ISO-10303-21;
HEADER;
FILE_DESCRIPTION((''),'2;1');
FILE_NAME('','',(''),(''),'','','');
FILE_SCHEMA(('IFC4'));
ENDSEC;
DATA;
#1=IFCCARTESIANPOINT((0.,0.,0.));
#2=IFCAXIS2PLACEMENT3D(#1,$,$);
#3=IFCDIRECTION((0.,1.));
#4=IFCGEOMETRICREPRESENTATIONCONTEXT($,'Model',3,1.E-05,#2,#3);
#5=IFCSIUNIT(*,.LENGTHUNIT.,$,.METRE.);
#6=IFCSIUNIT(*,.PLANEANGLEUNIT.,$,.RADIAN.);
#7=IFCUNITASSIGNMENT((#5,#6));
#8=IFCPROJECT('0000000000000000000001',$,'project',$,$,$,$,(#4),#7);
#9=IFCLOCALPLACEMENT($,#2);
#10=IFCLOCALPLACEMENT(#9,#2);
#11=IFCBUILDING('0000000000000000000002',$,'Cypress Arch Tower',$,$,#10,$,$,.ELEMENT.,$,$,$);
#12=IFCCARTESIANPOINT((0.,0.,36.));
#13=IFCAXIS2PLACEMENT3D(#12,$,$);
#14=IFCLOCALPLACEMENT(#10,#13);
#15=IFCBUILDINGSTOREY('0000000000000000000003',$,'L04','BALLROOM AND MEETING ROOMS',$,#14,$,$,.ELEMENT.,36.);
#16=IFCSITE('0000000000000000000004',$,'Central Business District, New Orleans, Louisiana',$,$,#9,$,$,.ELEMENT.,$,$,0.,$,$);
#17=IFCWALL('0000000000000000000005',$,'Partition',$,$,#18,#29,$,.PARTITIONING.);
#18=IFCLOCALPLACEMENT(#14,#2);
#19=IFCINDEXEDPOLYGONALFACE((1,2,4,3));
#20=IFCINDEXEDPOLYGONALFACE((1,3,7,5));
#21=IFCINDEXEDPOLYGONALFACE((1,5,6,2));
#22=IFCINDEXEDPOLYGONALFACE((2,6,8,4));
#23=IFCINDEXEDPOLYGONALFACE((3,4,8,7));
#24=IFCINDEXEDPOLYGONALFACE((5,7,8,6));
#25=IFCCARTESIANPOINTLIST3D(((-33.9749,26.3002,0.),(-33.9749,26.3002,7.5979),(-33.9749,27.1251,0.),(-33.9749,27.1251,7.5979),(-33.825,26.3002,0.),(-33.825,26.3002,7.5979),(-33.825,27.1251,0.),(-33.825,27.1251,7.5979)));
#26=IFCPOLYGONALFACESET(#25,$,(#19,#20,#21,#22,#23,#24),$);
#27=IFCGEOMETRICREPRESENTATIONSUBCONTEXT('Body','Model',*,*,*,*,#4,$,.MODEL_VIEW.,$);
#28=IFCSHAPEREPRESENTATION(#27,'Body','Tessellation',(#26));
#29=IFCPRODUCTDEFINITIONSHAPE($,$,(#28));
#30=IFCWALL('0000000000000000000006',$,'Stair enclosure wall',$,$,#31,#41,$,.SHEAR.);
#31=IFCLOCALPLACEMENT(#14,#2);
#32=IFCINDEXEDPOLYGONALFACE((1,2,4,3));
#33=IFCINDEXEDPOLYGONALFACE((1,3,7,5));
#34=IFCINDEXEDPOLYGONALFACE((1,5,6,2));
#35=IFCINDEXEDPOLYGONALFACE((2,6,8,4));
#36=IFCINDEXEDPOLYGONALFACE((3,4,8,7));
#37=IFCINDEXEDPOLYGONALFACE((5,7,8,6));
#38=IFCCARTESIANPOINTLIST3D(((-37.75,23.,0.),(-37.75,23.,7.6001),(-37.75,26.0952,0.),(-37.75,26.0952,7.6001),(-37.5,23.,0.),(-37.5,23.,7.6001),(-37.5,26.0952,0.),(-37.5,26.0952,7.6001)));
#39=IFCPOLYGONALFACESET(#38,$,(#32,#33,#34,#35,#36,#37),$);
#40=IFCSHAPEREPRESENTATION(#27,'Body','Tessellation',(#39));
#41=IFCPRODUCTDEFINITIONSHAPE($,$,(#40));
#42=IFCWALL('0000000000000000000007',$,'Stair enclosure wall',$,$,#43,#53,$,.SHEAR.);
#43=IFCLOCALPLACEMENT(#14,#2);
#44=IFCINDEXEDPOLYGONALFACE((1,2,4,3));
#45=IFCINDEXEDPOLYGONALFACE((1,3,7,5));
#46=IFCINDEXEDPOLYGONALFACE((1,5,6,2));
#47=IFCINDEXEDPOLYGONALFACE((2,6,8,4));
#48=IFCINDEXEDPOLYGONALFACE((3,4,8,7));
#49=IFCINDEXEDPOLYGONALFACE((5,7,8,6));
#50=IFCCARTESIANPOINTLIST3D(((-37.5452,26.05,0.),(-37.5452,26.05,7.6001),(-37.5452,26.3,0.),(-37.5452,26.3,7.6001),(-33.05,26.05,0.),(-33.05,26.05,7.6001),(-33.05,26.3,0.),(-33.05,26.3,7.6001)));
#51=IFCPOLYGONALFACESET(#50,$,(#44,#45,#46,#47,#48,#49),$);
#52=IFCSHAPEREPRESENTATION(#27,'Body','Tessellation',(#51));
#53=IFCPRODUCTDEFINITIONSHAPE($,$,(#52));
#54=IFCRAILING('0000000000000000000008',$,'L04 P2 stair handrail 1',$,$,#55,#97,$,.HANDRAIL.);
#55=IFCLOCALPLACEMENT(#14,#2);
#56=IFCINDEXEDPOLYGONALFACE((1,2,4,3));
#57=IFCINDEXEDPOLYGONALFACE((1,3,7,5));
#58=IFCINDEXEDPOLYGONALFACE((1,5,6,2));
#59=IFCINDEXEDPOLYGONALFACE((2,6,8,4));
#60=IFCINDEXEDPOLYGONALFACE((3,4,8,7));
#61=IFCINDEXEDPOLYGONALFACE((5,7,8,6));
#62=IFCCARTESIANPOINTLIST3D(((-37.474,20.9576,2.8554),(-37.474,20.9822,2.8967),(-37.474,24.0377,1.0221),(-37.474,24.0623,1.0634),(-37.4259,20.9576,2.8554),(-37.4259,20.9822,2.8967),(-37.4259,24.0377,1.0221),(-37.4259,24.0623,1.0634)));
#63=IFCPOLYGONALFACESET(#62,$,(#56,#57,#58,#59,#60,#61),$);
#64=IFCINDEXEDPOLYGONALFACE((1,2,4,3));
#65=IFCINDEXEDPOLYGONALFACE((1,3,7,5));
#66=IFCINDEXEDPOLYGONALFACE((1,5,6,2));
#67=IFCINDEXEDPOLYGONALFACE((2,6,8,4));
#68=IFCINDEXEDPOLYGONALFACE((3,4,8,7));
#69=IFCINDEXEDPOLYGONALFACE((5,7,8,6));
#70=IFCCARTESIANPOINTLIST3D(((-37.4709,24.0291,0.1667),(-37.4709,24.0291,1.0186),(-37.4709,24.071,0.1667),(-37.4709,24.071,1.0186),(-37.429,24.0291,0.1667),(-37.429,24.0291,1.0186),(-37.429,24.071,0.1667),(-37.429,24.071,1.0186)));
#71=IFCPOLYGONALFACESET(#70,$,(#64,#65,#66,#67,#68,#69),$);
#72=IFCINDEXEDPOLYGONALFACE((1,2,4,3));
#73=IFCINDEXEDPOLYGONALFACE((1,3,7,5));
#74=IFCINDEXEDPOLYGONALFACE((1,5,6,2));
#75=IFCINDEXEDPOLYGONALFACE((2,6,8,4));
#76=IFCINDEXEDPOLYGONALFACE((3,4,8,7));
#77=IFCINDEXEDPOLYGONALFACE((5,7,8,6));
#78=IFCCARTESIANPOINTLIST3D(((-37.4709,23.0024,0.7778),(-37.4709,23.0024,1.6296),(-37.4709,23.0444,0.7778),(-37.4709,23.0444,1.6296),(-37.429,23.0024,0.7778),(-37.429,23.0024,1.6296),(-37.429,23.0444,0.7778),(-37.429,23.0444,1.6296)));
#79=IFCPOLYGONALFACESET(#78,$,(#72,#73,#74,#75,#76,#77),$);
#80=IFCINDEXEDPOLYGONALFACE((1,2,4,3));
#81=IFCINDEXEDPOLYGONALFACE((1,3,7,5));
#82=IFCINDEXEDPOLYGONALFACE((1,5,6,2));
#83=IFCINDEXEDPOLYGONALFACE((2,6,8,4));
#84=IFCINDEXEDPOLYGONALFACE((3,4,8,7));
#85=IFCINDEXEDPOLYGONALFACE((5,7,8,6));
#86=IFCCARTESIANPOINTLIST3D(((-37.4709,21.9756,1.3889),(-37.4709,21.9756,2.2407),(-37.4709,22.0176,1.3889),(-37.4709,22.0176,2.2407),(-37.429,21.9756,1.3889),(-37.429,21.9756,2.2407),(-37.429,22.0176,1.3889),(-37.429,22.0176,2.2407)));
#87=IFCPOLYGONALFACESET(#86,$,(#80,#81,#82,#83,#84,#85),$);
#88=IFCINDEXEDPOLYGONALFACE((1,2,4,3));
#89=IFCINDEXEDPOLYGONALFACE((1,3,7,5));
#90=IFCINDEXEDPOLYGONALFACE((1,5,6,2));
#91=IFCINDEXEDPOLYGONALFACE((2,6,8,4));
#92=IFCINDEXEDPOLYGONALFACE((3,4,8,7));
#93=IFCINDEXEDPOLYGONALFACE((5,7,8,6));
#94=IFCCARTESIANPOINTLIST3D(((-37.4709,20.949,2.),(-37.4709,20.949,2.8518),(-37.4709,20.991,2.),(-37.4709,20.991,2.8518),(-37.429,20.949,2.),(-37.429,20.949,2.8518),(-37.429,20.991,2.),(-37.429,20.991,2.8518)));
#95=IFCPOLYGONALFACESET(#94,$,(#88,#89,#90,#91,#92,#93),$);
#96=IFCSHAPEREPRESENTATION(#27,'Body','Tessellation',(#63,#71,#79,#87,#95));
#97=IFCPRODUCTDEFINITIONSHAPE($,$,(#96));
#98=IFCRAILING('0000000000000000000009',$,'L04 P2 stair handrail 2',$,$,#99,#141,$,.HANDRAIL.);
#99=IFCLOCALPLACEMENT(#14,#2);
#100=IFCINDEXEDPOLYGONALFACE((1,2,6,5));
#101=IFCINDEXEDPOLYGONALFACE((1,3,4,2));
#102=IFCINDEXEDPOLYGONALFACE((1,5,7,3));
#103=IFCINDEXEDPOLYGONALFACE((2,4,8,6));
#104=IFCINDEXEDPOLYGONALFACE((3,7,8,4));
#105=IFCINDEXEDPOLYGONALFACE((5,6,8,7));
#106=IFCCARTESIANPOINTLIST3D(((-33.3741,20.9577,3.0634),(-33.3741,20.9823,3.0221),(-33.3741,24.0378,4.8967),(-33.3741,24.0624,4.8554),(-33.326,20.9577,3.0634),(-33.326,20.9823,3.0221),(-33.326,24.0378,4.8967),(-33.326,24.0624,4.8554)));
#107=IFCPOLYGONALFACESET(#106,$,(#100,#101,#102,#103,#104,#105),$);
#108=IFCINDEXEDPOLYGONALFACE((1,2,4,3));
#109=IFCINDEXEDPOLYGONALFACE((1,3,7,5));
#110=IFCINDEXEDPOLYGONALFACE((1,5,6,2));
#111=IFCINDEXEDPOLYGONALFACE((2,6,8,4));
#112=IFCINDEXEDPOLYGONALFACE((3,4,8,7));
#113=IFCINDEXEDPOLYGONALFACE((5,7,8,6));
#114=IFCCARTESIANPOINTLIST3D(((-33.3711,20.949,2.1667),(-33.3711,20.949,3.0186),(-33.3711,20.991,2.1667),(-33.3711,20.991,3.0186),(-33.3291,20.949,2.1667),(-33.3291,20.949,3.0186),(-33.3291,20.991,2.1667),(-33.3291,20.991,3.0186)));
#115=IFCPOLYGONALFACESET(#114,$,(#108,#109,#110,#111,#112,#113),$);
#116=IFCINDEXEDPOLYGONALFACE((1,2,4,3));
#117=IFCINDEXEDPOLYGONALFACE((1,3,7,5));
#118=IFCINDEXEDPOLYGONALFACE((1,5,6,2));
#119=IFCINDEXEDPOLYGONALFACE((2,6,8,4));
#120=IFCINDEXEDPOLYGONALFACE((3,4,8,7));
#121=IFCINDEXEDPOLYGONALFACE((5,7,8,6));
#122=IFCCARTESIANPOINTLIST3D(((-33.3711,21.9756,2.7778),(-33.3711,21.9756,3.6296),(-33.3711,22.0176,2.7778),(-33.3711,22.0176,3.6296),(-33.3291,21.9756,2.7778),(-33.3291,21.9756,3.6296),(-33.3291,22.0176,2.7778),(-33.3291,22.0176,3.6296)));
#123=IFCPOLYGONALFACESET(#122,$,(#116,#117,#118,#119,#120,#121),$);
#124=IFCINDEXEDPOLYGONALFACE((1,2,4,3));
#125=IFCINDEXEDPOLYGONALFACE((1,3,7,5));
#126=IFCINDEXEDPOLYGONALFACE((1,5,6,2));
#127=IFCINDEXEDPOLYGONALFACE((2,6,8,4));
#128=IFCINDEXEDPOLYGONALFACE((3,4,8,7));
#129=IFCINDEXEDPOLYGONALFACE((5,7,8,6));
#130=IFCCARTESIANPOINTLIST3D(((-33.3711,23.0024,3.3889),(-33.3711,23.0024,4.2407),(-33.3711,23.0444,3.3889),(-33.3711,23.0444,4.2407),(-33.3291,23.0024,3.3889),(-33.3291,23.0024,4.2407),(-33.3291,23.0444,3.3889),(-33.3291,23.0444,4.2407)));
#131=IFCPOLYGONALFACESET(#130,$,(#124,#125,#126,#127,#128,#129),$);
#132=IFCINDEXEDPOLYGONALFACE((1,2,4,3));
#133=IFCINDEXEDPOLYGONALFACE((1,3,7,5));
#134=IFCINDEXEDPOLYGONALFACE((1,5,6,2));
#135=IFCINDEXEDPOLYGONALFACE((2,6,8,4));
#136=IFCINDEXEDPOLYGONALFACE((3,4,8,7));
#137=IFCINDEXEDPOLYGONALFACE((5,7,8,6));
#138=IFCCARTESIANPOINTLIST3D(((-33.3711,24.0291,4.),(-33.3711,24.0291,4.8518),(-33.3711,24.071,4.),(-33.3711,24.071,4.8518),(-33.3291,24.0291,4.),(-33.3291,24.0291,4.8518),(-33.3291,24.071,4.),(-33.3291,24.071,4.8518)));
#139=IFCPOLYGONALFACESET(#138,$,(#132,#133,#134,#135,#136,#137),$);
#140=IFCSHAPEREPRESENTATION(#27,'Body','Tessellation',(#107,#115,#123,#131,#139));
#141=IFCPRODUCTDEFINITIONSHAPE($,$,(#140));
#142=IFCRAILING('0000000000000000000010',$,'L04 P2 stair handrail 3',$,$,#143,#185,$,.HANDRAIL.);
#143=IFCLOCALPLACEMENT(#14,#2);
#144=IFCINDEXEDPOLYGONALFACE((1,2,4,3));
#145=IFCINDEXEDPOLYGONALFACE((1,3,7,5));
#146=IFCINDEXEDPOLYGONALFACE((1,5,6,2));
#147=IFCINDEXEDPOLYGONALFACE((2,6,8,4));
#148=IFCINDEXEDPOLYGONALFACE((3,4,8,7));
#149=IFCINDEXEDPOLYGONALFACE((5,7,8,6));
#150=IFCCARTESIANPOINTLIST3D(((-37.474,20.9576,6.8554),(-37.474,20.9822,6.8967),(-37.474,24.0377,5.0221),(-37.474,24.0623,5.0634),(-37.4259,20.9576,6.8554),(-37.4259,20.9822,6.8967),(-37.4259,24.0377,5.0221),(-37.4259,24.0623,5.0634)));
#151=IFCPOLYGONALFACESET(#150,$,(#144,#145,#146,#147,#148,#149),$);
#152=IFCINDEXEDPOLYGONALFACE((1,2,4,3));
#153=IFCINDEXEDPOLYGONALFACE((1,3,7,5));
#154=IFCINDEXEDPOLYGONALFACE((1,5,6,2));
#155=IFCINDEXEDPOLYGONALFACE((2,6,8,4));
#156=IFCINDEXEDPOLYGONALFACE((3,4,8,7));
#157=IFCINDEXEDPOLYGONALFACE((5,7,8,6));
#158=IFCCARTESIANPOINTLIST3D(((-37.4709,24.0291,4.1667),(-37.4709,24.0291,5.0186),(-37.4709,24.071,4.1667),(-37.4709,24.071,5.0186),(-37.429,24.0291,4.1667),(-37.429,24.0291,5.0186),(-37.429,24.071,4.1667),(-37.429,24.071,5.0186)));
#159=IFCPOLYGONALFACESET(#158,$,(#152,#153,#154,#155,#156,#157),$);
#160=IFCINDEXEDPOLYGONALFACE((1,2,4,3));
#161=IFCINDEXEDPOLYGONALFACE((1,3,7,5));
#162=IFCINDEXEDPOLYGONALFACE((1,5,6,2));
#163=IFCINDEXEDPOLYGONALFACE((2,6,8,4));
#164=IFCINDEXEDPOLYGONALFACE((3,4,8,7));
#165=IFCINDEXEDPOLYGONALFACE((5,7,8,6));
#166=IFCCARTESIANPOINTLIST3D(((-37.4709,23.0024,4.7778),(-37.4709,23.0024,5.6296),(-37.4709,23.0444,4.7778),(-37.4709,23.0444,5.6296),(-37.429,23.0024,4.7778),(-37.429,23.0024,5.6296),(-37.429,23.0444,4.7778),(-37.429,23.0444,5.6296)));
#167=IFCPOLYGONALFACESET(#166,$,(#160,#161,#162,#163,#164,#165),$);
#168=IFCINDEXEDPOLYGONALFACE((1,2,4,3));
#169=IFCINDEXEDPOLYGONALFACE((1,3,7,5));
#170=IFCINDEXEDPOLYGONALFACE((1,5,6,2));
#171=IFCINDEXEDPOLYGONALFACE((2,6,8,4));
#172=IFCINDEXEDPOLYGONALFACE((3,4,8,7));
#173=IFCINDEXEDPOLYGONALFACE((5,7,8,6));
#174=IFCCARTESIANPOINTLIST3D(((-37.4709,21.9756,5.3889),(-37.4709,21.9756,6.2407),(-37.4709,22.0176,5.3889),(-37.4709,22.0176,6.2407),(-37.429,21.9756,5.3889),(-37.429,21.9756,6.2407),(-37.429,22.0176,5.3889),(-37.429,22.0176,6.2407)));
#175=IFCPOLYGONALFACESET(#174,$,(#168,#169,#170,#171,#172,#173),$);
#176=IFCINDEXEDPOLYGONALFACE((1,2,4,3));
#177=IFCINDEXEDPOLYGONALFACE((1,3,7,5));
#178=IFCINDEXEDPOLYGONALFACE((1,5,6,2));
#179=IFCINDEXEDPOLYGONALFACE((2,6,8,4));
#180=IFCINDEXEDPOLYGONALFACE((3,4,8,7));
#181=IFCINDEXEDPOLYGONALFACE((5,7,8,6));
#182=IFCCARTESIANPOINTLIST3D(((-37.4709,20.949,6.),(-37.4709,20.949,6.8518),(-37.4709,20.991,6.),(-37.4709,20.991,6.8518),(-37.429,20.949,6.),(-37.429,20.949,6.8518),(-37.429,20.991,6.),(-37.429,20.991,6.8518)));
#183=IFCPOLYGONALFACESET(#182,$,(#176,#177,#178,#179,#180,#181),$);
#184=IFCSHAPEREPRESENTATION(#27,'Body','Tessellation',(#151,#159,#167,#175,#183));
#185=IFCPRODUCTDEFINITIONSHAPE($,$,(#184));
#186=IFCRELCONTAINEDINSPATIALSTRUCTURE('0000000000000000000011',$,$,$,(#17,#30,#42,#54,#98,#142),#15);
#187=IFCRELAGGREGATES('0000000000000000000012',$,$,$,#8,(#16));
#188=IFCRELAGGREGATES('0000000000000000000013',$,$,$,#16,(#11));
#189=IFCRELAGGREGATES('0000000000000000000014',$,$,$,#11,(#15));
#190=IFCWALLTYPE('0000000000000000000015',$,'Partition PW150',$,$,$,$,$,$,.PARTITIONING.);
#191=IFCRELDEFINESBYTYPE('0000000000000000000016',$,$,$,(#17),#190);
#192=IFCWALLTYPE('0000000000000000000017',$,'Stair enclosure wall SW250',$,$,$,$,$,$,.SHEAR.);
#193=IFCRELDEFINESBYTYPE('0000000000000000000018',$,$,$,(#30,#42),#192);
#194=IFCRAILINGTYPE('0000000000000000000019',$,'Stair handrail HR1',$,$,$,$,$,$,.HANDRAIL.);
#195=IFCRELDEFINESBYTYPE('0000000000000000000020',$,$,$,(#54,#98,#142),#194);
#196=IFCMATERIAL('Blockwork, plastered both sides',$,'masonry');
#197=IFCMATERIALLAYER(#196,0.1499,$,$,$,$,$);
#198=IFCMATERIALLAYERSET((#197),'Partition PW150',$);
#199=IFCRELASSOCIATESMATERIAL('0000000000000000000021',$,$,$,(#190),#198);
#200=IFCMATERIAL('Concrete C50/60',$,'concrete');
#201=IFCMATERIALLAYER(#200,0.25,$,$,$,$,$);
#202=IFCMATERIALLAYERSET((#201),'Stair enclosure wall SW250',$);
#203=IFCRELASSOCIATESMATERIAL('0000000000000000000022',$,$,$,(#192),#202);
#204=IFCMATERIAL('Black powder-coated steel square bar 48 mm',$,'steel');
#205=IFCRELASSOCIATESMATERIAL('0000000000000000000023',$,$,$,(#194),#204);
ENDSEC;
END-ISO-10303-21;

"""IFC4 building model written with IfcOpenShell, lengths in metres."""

from ifc_helpers import new_model, si_unit, direction, frame, frame_2d, origin, origin_2d, place, context, subcontext, project, spatial, rectangle, extrude, material, layer, layer_set, type_object, element, save


model = new_model("IFC4")

# Units and contexts
model_context = context("Model", 3, precision=1e-05, world=origin(), true_north=direction((0.0, 1.0)))
body_context = subcontext(model_context, "Body", "Model", "MODEL_VIEW")
ifc_project = project(units=[si_unit("LENGTHUNIT", "METRE"), si_unit("PLANEANGLEUNIT", "RADIAN")], contexts=[model_context])

# Site, building, storey
site_placement = place(None, origin())
site = spatial("IfcSite", under=ifc_project, at=site_placement, Name="Central Business District, New Orleans, Louisiana", CompositionType="ELEMENT", RefElevation=0.0)
building_placement = place(site_placement, origin())
building = spatial("IfcBuilding", under=site, at=building_placement, Name="Cypress Arch Tower", CompositionType="ELEMENT")
storey_placement = place(building_placement, frame((0.0, 0.0, 36.0)))
storey = spatial("IfcBuildingStorey", under=building, at=storey_placement, Name="L04", Description="BALLROOM AND MEETING ROOMS", CompositionType="ELEMENT", Elevation=36.0)

# Walls
ifc_material_1 = material(Name="Blockwork, plastered both sides", Category="masonry")
ifc_layer_1 = layer(ifc_material_1, 0.1499)
ifc_layer_set_1 = layer_set([ifc_layer_1], Name="Partition PW150")
wall_type_1 = type_object("IfcWallType", Name="Partition PW150", PredefinedType="PARTITIONING", material=ifc_layer_set_1)
wall_1_placement = place(storey_placement, frame((-33.8999, 26.3, 0.0), z_axis=(0.0, 0.0, 1.0), x_axis=(0.0, 1.0, 0.0)))
element("IfcWall", 1, at=wall_1_placement, inside=storey, type_object=wall_type_1, Name="Partition", PredefinedType="PARTITIONING", context=body_context, shape_type="SweptSolid", body=[
    extrude(rectangle(XDim=0.825, YDim=0.1499, at=frame_2d((0.4126, 0.0))), origin(), (0.0, 0.0, 1.0), 7.5979),
])
ifc_material_2 = material(Name="Concrete C50/60", Category="concrete")
ifc_layer_2 = layer(ifc_material_2, 0.25)
ifc_layer_set_2 = layer_set([ifc_layer_2], Name="Stair enclosure wall SW250")
wall_type_2 = type_object("IfcWallType", Name="Stair enclosure wall SW250", PredefinedType="SHEAR", material=ifc_layer_set_2)
wall_2_placement = place(storey_placement, frame((-37.625, 23.0, 0.0), z_axis=(0.0, 0.0, 1.0), x_axis=(0.0, 1.0, 0.0)))
element("IfcWall", 2, at=wall_2_placement, inside=storey, type_object=wall_type_2, Name="Stair enclosure wall", PredefinedType="SHEAR", context=body_context, shape_type="SweptSolid", body=[
    extrude(rectangle(XDim=3.0952, YDim=0.25, at=frame_2d((1.5476, 0.0))), origin(), (0.0, 0.0, 1.0), 7.6001),
])
wall_3_placement = place(storey_placement, frame((-37.5452, 26.175, 0.0), z_axis=(0.0, 0.0, 1.0), x_axis=(1.0, 0.0, 0.0)))
element("IfcWall", 3, at=wall_3_placement, inside=storey, type_object=wall_type_2, Name="Stair enclosure wall", PredefinedType="SHEAR", context=body_context, shape_type="SweptSolid", body=[
    extrude(rectangle(XDim=4.4951, YDim=0.25, at=frame_2d((2.2476, 0.0))), origin(), (0.0, 0.0, 1.0), 7.6001),
])

# Railings
ifc_material_3 = material(Name="Black powder-coated steel square bar 48 mm", Category="steel")
railing_type_1 = type_object("IfcRailingType", Name="Stair handrail HR1", PredefinedType="HANDRAIL", material=ifc_material_3)
railing_1_placement = place(storey_placement, frame((-37.45, 24.05, 0.1667)))
element("IfcRailing", 4, at=railing_1_placement, inside=storey, type_object=railing_type_1, Name="L04 P2 stair handrail 1", PredefinedType="HANDRAIL", context=body_context, shape_type="SweptSolid", body=[
    extrude(rectangle(XDim=0.0481, YDim=0.0481, at=origin_2d()), frame((0.0, 0.0, 0.876), z_axis=(0.0, -0.859309, 0.511458), x_axis=(1.0, 0.0, 0.0)), (0.0, 0.0, 1.0), 3.5845),
    extrude(rectangle(XDim=0.042, YDim=0.042, at=origin_2d()), origin(), (0.0, 0.0, 1.0), 0.8518),
    extrude(rectangle(XDim=0.042, YDim=0.042, at=origin_2d()), frame((0.0, -1.0266, 0.6111)), (0.0, 0.0, 1.0), 0.8518),
    extrude(rectangle(XDim=0.042, YDim=0.042, at=origin_2d()), frame((0.0, -2.0535, 1.2222)), (0.0, 0.0, 1.0), 0.8518),
    extrude(rectangle(XDim=0.042, YDim=0.042, at=origin_2d()), frame((0.0, -3.0801, 1.8333)), (0.0, 0.0, 1.0), 0.8518),
])
railing_2_placement = place(storey_placement, frame((-33.3501, 20.97, 2.1667)))
element("IfcRailing", 5, at=railing_2_placement, inside=storey, type_object=railing_type_1, Name="L04 P2 stair handrail 2", PredefinedType="HANDRAIL", context=body_context, shape_type="SweptSolid", body=[
    extrude(rectangle(XDim=0.0481, YDim=0.0481, at=origin_2d()), frame((0.0, 0.0, 0.876), z_axis=(0.0, 0.859309, 0.511458), x_axis=(-1.0, 0.0, 0.0)), (0.0, 0.0, 1.0), 3.5845),
    extrude(rectangle(XDim=0.042, YDim=0.042, at=origin_2d()), origin(), (0.0, 0.0, 1.0), 0.8518),
    extrude(rectangle(XDim=0.042, YDim=0.042, at=origin_2d()), frame((0.0, 1.0266, 0.6111)), (0.0, 0.0, 1.0), 0.8518),
    extrude(rectangle(XDim=0.042, YDim=0.042, at=origin_2d()), frame((0.0, 2.0535, 1.2222)), (0.0, 0.0, 1.0), 0.8518),
    extrude(rectangle(XDim=0.042, YDim=0.042, at=origin_2d()), frame((0.0, 3.0801, 1.8333)), (0.0, 0.0, 1.0), 0.8518),
])
railing_3_placement = place(storey_placement, frame((-37.45, 24.05, 4.1667)))
element("IfcRailing", 6, at=railing_3_placement, inside=storey, type_object=railing_type_1, Name="L04 P2 stair handrail 3", PredefinedType="HANDRAIL", context=body_context, shape_type="SweptSolid", body=[
    extrude(rectangle(XDim=0.0481, YDim=0.0481, at=origin_2d()), frame((0.0, 0.0, 0.876), z_axis=(0.0, -0.859309, 0.511458), x_axis=(1.0, 0.0, 0.0)), (0.0, 0.0, 1.0), 3.5845),
    extrude(rectangle(XDim=0.042, YDim=0.042, at=origin_2d()), origin(), (0.0, 0.0, 1.0), 0.8518),
    extrude(rectangle(XDim=0.042, YDim=0.042, at=origin_2d()), frame((0.0, -1.0266, 0.6111)), (0.0, 0.0, 1.0), 0.8518),
    extrude(rectangle(XDim=0.042, YDim=0.042, at=origin_2d()), frame((0.0, -2.0535, 1.2222)), (0.0, 0.0, 1.0), 0.8518),
    extrude(rectangle(XDim=0.042, YDim=0.042, at=origin_2d()), frame((0.0, -3.0801, 1.8333)), (0.0, 0.0, 1.0), 0.8518),
])

save(model, "model.ifc")
